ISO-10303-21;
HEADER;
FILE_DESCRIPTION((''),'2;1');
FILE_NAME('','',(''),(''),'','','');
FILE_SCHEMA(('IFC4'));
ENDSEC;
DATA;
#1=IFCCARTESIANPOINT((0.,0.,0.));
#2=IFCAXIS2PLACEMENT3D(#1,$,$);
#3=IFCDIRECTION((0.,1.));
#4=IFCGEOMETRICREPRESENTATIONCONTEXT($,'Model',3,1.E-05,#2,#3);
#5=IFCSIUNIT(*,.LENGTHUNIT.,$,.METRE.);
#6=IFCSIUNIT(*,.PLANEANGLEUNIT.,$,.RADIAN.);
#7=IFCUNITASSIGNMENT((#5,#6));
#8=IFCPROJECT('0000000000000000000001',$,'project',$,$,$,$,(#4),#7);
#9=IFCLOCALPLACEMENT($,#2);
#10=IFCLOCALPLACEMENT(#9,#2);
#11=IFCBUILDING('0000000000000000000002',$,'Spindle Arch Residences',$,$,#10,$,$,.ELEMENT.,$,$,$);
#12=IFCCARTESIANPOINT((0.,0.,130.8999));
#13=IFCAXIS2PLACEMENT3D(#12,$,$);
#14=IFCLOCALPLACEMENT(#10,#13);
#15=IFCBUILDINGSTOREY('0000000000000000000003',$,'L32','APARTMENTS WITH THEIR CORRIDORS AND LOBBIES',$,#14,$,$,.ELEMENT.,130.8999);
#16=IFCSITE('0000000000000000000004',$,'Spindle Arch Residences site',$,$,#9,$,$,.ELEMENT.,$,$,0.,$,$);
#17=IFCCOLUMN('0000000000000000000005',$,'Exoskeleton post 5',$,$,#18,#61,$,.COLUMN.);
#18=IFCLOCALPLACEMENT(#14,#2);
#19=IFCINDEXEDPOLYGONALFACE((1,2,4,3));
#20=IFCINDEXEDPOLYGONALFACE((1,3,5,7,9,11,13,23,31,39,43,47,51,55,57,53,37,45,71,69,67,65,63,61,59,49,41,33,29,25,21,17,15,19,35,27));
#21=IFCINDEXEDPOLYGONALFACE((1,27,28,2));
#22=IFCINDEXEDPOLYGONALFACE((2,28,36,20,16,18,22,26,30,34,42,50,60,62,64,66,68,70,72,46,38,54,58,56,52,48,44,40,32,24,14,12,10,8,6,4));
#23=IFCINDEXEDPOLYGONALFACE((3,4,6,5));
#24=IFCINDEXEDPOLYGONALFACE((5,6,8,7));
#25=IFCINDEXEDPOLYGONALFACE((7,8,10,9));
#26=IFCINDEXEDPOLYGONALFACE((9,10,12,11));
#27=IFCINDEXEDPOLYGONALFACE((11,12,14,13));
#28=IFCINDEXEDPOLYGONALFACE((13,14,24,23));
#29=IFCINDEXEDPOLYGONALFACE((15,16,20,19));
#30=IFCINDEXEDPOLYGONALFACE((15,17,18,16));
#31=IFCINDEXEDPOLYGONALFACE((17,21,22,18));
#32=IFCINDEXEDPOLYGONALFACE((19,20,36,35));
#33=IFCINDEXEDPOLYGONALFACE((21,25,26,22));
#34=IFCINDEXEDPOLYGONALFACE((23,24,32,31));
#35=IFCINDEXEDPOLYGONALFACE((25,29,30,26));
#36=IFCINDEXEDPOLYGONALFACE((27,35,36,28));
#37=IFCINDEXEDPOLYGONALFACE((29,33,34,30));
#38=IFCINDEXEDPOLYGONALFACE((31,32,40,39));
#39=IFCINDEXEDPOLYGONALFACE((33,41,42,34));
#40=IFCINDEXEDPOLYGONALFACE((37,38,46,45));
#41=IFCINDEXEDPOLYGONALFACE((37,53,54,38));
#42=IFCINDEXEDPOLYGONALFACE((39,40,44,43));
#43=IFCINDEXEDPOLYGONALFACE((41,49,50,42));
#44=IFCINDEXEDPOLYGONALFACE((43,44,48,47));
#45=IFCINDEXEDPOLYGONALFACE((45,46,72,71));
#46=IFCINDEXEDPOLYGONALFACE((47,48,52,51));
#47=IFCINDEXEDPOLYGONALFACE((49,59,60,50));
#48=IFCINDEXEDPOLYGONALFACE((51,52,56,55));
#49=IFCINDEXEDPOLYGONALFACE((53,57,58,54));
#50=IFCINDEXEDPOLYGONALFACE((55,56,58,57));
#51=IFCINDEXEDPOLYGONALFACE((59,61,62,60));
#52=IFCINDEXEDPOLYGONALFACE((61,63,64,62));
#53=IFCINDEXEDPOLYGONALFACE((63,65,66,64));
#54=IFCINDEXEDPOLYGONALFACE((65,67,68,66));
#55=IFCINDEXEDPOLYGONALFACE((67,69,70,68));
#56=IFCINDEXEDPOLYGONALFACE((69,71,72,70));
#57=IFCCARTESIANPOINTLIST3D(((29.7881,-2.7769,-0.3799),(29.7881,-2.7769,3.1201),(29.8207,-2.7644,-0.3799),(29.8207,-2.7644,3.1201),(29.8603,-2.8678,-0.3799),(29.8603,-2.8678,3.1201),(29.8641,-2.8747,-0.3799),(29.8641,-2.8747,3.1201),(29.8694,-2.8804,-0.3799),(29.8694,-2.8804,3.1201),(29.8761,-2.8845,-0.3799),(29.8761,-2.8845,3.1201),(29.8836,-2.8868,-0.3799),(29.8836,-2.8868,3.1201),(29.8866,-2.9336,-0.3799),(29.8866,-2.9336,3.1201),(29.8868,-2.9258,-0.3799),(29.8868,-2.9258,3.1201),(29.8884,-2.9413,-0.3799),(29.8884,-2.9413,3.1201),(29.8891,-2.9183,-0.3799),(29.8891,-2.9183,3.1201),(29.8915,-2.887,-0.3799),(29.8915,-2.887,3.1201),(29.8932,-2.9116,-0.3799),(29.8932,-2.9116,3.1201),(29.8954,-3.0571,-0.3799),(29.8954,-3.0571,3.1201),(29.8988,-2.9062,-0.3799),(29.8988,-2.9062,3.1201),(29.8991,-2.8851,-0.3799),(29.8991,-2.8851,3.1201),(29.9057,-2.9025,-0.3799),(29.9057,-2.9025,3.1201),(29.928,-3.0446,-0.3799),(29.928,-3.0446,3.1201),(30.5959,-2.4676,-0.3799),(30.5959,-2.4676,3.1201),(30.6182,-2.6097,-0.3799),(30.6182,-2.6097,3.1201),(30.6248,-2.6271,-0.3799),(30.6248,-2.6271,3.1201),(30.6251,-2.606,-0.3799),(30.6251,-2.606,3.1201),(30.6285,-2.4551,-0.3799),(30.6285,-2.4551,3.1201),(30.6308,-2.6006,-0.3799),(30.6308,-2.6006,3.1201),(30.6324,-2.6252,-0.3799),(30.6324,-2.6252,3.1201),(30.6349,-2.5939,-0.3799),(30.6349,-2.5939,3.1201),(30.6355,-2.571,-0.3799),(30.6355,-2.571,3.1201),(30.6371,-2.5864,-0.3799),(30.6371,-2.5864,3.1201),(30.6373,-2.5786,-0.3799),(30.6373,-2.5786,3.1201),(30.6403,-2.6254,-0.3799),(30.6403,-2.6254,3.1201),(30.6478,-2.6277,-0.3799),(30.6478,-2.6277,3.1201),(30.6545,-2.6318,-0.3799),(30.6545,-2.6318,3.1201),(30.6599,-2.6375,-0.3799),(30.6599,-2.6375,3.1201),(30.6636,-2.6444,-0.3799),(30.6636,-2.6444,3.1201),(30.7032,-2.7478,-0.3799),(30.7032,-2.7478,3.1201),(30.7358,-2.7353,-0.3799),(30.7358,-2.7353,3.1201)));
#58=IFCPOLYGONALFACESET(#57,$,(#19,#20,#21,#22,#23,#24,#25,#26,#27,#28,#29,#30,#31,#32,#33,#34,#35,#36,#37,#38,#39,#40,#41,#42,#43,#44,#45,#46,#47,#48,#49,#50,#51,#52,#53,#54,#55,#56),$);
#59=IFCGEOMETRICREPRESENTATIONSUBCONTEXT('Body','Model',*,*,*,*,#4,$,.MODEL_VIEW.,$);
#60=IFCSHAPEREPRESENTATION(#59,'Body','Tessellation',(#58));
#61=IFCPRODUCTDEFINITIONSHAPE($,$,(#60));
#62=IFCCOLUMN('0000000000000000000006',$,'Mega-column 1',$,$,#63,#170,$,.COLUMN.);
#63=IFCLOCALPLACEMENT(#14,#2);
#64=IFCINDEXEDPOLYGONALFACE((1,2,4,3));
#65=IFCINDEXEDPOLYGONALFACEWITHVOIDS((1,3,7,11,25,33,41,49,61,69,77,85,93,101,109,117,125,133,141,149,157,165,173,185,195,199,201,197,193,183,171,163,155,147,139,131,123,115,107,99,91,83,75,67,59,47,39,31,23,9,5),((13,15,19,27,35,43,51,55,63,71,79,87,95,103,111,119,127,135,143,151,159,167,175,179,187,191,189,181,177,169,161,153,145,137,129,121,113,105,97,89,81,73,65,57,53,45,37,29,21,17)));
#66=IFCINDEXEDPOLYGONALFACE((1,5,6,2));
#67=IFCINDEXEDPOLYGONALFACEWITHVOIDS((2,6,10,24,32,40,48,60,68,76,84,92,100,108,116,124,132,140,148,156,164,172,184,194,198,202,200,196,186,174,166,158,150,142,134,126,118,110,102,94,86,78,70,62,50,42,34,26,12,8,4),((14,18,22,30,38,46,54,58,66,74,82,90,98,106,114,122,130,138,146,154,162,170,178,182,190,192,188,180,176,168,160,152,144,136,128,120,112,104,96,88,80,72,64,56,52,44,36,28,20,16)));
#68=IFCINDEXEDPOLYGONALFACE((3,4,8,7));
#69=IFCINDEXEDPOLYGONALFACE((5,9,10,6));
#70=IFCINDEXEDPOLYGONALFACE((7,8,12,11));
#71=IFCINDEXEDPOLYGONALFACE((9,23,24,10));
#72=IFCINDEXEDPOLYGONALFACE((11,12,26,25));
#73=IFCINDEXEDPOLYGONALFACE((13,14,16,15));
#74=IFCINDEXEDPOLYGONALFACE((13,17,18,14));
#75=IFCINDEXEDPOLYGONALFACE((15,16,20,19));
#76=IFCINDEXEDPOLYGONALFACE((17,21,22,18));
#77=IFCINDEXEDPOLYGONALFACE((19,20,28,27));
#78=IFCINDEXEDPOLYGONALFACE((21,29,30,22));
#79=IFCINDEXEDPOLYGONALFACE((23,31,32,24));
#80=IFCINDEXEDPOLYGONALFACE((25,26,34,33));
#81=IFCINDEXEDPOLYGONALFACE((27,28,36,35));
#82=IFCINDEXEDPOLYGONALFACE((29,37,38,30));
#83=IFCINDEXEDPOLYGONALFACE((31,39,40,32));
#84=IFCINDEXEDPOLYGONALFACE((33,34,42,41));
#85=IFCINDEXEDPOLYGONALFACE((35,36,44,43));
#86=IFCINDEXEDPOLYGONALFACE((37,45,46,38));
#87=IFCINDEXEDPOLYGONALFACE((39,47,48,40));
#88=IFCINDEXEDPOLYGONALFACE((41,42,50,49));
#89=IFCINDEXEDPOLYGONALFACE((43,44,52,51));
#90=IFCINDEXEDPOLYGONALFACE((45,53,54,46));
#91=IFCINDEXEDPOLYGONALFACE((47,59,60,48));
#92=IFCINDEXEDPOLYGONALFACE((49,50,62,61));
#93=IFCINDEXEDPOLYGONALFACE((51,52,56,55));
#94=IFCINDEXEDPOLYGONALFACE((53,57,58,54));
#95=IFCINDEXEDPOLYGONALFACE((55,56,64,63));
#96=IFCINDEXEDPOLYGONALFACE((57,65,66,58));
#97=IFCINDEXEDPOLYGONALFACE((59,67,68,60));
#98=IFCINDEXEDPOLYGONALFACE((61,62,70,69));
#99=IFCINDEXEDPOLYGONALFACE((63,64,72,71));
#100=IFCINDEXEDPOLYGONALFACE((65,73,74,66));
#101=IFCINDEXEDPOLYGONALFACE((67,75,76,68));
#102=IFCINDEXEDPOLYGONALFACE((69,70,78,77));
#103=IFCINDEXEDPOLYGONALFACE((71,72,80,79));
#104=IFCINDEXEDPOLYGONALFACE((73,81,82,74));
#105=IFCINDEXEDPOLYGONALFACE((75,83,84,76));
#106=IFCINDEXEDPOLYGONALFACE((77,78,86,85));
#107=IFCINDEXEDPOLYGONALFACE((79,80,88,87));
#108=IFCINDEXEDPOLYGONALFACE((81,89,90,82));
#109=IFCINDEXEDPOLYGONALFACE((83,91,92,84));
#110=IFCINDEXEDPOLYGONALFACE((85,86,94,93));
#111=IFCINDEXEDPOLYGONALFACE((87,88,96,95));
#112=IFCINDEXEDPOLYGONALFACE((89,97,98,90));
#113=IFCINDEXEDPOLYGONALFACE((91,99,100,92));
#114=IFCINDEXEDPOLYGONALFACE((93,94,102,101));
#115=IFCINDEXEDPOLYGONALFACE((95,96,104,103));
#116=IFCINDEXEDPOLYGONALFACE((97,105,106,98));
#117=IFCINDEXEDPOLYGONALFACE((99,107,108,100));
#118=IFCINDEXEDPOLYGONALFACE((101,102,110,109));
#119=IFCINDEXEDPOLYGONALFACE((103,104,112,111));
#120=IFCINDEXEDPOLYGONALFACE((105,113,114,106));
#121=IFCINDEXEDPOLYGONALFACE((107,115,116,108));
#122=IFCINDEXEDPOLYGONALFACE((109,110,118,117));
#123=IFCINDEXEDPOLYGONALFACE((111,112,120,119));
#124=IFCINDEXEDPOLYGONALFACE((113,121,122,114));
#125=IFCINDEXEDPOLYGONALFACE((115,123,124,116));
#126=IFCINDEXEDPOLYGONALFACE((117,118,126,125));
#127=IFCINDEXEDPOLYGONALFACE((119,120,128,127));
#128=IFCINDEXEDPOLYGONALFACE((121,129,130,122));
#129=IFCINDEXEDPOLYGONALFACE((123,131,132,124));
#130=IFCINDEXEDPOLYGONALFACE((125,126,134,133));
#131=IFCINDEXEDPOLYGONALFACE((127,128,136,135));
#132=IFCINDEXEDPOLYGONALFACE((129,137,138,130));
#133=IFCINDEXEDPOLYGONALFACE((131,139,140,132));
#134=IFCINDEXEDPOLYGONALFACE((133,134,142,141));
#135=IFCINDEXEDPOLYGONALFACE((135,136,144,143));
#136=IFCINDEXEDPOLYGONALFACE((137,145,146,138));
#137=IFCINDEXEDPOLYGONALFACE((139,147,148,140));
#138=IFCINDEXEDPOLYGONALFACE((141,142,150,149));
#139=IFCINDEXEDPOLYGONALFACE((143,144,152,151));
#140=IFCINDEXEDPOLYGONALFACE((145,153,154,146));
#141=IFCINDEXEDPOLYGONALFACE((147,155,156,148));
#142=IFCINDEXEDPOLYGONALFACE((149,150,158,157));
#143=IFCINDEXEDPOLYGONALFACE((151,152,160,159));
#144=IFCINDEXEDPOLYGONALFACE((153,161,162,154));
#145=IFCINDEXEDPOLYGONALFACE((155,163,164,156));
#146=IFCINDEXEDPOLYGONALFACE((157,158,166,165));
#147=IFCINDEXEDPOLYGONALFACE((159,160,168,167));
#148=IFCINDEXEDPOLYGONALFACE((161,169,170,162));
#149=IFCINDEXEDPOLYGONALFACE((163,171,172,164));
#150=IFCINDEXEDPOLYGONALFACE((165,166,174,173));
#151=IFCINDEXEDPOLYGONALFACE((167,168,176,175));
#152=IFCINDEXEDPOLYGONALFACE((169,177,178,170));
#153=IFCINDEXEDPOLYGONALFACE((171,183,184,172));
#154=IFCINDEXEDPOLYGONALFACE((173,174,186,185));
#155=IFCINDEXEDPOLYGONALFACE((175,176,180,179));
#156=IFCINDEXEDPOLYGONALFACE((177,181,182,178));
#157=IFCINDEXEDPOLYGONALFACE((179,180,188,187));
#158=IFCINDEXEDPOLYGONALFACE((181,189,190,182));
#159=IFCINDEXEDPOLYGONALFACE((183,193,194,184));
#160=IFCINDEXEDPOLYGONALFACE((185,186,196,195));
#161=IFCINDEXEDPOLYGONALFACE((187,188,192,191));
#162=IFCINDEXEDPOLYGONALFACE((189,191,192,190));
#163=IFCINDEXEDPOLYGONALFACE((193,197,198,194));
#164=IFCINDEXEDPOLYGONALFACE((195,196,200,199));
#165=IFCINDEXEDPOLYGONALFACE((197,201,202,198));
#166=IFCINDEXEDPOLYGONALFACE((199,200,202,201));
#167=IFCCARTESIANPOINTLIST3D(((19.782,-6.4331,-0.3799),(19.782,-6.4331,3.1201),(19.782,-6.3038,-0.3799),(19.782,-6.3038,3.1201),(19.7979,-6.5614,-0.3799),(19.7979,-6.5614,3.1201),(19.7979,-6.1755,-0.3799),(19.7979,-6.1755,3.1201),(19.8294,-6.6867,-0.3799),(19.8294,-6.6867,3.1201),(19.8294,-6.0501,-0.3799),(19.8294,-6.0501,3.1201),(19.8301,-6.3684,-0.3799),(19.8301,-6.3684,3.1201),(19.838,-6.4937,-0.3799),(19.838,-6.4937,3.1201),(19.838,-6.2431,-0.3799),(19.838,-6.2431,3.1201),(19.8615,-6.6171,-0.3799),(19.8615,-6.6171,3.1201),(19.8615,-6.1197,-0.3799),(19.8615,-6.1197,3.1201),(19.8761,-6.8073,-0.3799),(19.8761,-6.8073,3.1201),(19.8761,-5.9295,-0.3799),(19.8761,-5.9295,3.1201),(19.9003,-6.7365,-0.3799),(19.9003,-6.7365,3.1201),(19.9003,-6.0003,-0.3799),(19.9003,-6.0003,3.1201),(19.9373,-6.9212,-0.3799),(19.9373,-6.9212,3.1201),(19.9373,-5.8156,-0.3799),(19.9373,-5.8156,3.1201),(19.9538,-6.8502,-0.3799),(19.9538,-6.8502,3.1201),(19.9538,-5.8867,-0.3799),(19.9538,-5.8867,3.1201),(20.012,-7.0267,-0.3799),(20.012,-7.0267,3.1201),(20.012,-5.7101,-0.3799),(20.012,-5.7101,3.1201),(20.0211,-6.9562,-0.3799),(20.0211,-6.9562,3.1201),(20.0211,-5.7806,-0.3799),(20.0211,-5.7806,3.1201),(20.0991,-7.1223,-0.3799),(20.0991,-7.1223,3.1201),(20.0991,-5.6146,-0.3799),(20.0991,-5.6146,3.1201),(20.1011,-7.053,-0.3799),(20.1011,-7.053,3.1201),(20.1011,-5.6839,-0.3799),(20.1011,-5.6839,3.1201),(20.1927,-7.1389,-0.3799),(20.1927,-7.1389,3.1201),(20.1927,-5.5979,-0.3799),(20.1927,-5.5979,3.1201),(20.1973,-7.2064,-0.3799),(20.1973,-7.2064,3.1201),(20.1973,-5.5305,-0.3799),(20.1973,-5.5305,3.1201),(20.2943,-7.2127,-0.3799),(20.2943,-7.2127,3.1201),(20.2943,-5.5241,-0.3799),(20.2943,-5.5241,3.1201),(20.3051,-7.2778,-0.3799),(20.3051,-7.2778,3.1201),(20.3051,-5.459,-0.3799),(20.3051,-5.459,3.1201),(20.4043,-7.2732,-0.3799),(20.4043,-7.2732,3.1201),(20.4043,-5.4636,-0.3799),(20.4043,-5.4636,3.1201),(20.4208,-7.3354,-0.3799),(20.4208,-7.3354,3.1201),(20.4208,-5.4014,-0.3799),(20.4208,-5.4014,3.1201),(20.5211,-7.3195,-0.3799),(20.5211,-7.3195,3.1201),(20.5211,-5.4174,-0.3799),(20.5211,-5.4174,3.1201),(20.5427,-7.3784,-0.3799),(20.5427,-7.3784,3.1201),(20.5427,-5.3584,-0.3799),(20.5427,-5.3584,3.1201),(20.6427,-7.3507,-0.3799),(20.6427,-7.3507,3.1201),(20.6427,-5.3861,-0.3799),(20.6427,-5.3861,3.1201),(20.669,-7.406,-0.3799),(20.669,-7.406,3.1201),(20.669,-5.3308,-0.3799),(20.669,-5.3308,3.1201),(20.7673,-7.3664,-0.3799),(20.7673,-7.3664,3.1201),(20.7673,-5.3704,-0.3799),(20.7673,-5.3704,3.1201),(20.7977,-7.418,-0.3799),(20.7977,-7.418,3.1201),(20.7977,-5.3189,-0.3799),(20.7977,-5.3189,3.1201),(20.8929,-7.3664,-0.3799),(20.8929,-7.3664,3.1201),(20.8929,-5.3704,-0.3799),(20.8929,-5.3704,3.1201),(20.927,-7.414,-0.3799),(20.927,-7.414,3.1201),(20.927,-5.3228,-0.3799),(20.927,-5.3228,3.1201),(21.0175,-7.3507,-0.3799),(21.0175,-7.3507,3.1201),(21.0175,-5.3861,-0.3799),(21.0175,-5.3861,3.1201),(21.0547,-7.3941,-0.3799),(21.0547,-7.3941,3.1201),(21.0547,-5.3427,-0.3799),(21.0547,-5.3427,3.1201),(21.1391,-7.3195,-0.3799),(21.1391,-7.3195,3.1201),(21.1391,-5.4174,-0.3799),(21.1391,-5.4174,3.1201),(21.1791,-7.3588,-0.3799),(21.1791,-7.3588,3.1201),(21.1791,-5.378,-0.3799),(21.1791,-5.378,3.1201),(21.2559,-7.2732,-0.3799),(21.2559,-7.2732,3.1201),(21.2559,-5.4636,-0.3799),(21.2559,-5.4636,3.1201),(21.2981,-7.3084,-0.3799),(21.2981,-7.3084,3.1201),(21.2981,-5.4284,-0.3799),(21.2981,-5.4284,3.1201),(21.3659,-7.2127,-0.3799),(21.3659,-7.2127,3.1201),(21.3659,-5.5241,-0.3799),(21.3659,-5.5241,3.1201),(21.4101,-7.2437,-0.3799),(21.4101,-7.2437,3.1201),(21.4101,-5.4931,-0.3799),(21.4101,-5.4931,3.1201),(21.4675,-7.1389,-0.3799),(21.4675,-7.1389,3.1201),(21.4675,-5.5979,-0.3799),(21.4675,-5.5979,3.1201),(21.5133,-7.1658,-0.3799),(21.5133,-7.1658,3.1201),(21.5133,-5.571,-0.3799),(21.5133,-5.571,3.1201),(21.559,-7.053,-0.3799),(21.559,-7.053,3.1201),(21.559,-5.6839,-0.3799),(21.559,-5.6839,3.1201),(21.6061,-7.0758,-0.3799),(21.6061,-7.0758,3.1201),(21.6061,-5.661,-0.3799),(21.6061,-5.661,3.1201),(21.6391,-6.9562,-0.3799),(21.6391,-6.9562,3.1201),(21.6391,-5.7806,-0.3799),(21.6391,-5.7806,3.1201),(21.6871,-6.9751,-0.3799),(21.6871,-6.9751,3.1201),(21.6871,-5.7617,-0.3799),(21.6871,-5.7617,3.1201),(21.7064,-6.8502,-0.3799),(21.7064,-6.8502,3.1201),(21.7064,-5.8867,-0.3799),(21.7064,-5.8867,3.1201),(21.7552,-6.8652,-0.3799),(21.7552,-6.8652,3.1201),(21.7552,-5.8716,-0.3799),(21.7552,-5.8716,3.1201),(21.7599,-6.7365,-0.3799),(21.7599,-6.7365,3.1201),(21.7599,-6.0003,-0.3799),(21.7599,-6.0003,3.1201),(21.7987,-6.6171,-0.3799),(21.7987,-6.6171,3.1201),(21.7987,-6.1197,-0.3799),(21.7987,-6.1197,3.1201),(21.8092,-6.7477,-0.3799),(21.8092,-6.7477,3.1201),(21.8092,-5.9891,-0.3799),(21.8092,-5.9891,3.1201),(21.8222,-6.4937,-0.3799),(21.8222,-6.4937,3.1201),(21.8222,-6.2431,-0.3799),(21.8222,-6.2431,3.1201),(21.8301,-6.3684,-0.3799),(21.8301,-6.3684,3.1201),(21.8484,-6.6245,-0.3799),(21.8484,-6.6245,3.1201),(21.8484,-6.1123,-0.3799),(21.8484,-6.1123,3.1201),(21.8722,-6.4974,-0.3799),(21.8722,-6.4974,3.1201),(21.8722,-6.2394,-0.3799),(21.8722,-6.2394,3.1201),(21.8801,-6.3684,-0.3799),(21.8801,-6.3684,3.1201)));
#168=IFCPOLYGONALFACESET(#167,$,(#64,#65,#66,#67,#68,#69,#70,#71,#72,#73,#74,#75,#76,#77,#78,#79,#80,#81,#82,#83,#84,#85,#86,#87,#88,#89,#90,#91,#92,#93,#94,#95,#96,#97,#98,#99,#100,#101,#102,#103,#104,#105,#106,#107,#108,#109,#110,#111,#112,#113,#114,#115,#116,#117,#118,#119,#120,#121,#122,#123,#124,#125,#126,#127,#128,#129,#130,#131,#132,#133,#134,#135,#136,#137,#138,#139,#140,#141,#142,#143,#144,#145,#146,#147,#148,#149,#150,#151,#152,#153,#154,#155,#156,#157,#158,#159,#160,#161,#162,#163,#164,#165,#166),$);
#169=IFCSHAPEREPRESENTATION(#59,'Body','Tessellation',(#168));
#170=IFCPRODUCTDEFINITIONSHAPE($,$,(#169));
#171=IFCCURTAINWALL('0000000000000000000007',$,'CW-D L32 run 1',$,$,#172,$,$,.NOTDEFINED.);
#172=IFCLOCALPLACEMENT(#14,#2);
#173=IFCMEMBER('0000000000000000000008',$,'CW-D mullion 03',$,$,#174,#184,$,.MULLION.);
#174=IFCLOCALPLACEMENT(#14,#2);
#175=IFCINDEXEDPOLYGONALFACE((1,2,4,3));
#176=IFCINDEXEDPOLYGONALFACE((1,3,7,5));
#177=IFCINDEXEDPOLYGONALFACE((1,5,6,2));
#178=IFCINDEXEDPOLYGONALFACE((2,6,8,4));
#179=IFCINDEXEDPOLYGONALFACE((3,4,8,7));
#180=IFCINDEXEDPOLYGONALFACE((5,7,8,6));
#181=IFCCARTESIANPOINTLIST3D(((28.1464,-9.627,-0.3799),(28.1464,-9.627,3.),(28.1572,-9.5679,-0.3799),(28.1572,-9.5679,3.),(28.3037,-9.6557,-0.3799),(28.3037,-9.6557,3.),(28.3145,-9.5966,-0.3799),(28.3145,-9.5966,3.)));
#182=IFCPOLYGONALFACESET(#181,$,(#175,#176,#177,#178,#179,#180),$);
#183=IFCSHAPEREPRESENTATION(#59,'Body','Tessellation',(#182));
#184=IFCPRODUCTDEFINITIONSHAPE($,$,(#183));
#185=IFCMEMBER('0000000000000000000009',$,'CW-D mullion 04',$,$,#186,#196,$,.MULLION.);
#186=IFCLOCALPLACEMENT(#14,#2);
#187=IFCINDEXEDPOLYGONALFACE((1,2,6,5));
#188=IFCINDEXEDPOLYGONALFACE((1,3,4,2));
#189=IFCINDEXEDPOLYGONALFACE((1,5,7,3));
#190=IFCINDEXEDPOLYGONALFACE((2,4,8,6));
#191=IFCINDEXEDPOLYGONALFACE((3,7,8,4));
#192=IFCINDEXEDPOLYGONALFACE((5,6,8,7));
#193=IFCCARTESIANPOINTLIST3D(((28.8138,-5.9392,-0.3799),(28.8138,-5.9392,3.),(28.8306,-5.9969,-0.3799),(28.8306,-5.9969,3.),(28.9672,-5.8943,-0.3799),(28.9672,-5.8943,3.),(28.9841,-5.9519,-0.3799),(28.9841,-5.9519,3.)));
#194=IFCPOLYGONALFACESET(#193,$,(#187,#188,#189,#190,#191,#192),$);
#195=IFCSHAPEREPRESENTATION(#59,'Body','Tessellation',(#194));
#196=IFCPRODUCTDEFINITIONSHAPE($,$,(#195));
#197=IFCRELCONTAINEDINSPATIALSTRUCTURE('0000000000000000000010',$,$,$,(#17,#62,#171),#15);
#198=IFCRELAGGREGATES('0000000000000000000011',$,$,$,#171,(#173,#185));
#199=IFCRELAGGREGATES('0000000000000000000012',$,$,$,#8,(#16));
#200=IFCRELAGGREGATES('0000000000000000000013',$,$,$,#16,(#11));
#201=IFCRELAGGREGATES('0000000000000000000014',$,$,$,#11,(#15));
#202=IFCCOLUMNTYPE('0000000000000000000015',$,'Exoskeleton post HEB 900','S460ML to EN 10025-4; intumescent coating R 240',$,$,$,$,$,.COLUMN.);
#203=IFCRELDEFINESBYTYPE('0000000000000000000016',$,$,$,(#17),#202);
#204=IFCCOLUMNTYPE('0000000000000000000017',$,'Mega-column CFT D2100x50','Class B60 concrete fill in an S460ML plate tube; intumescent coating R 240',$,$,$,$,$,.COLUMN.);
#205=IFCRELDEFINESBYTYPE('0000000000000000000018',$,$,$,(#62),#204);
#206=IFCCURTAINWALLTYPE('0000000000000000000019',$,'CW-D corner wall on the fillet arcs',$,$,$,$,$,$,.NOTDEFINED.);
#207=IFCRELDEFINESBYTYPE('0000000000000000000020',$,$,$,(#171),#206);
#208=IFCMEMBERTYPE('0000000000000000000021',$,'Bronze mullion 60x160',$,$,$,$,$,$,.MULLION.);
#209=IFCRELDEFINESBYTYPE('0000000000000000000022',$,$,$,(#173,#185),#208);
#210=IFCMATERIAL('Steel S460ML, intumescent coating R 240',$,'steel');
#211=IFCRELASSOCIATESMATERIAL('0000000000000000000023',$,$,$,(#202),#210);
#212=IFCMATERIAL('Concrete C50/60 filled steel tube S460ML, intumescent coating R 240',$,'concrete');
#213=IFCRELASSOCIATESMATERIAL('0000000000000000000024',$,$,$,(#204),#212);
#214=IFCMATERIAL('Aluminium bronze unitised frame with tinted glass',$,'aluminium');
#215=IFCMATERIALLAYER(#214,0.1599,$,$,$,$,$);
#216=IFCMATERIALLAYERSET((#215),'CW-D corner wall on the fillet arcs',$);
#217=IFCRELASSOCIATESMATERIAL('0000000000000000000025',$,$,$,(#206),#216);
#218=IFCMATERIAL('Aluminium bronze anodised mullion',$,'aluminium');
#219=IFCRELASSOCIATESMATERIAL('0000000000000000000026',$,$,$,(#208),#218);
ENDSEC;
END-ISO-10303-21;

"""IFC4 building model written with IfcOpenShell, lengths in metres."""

from ifc_helpers import new_model, si_unit, direction, frame, origin, origin_2d, place, context, subcontext, project, spatial, rectangle, hollow_circle, i_section, extrude, material, layer, layer_set, material_profile, profile_set, type_object, element, aggregate, save


model = new_model("IFC4")

# Units and contexts
model_context = context("Model", 3, precision=1e-05, world=origin(), true_north=direction((0.0, 1.0)))
body_context = subcontext(model_context, "Body", "Model", "MODEL_VIEW")
ifc_project = project(units=[si_unit("LENGTHUNIT", "METRE"), si_unit("PLANEANGLEUNIT", "RADIAN")], contexts=[model_context])

# Site, building, storey
site_placement = place(None, origin())
site = spatial("IfcSite", under=ifc_project, at=site_placement, Name="Spindle Arch Residences site", CompositionType="ELEMENT", RefElevation=0.0)
building_placement = place(site_placement, origin())
building = spatial("IfcBuilding", under=site, at=building_placement, Name="Spindle Arch Residences", CompositionType="ELEMENT")
storey_placement = place(building_placement, frame((0.0, 0.0, 130.8999)))
storey = spatial("IfcBuildingStorey", under=building, at=storey_placement, Name="L32", Description="APARTMENTS WITH THEIR CORRIDORS AND LOBBIES", CompositionType="ELEMENT", Elevation=130.8999)

# Columns
ifc_material_1 = material(Name="Steel S460ML, intumescent coating R 240", Category="steel")
ifc_material_profile_1 = material_profile(ifc_material_1, i_section(OverallWidth=0.3, OverallDepth=0.8999, WebThickness=0.0186, FlangeThickness=0.0349, FilletRadius=0.03, at=origin_2d()), Name="HEB 900")
ifc_profile_set_1 = profile_set([ifc_material_profile_1], Name="Steel S460ML, intumescent coating R 240")
column_type_1 = type_object("IfcColumnType", Name="Exoskeleton post HEB 900", Description="S460ML to EN 10025-4; intumescent coating R 240", PredefinedType="COLUMN", material=ifc_profile_set_1)
column_1_placement = place(storey_placement, frame((30.262, -2.7561, -0.3799), z_axis=(0.0, 0.0, 1.0), x_axis=(0.357665, -0.93385, 0.0)))
element("IfcColumn", 1, at=column_1_placement, inside=storey, type_object=column_type_1, Name="Exoskeleton post 5", PredefinedType="COLUMN", context=body_context, shape_type="SweptSolid", body=[
    extrude(i_section(OverallWidth=0.3, OverallDepth=0.8999, WebThickness=0.0186, FlangeThickness=0.0349, FilletRadius=0.03, at=origin_2d()), origin(), (0.0, 0.0, 1.0), 3.5),
])
ifc_material_2 = material(Name="Concrete C50/60 filled steel tube S460ML, intumescent coating R 240", Category="concrete")
ifc_material_profile_2 = material_profile(ifc_material_2, hollow_circle(Radius=1.05, WallThickness=0.05, at=origin_2d()), Name="CFT D2100x50")
ifc_profile_set_2 = profile_set([ifc_material_profile_2], Name="Concrete C50/60 filled steel tube S460ML, intumescent coating R 240")
column_type_2 = type_object("IfcColumnType", Name="Mega-column CFT D2100x50", Description="Class B60 concrete fill in an S460ML plate tube; intumescent coating R 240", PredefinedType="COLUMN", material=ifc_profile_set_2)
column_2_placement = place(storey_placement, frame((20.8301, -6.3684, -0.3799), z_axis=(0.0, 0.0, 1.0), x_axis=(1.0, 0.0, 0.0)))
element("IfcColumn", 2, at=column_2_placement, inside=storey, type_object=column_type_2, Name="Mega-column 1", PredefinedType="COLUMN", context=body_context, shape_type="SweptSolid", body=[
    extrude(hollow_circle(Radius=1.05, WallThickness=0.05, at=origin_2d()), origin(), (0.0, 0.0, 1.0), 3.5),
])

# Curtain wall, members
ifc_material_3 = material(Name="Aluminium bronze unitised frame with tinted glass", Category="aluminium")
ifc_layer_1 = layer(ifc_material_3, 0.1599)
ifc_layer_set_1 = layer_set([ifc_layer_1], Name="CW-D corner wall on the fillet arcs")
curtain_wall_type = type_object("IfcCurtainWallType", Name="CW-D corner wall on the fillet arcs", PredefinedType="NOTDEFINED", material=ifc_layer_set_1)
curtain_wall_placement = place(storey_placement, origin())
curtain_wall = element("IfcCurtainWall", 3, at=curtain_wall_placement, inside=storey, type_object=curtain_wall_type, Name="CW-D L32 run 1", PredefinedType="NOTDEFINED")
ifc_material_4 = material(Name="Aluminium bronze anodised mullion", Category="aluminium")
ifc_material_profile_3 = material_profile(ifc_material_4, rectangle(XDim=0.1599, YDim=0.0601, at=origin_2d()), Name="MU 60x160")
ifc_profile_set_3 = profile_set([ifc_material_profile_3], Name="Aluminium bronze anodised mullion")
member_type_1 = type_object("IfcMemberType", Name="Bronze mullion 60x160", PredefinedType="MULLION", material=ifc_profile_set_3)
member_1_placement = place(storey_placement, frame((28.2305, -9.6118, -0.3799), z_axis=(0.0, 0.0, 1.0), x_axis=(-0.983781, 0.179375, 0.0)))
member_1 = element("IfcMember", 4, at=member_1_placement, type_object=member_type_1, Name="CW-D mullion 03", PredefinedType="MULLION", context=body_context, shape_type="SweptSolid", body=[
    extrude(rectangle(XDim=0.1599, YDim=0.0601, at=origin_2d()), origin(), (0.0, 0.0, 1.0), 3.3799),
])
member_2_placement = place(storey_placement, frame((28.8989, -5.9456, -0.3799), z_axis=(0.0, 0.0, 1.0), x_axis=(-0.959642, -0.281225, 0.0)))
member_2 = element("IfcMember", 5, at=member_2_placement, type_object=member_type_1, Name="CW-D mullion 04", PredefinedType="MULLION", context=body_context, shape_type="SweptSolid", body=[
    extrude(rectangle(XDim=0.1599, YDim=0.0601, at=origin_2d()), origin(), (0.0, 0.0, 1.0), 3.3799),
])

aggregate(curtain_wall, [member_1, member_2])

save(model, "model.ifc")
